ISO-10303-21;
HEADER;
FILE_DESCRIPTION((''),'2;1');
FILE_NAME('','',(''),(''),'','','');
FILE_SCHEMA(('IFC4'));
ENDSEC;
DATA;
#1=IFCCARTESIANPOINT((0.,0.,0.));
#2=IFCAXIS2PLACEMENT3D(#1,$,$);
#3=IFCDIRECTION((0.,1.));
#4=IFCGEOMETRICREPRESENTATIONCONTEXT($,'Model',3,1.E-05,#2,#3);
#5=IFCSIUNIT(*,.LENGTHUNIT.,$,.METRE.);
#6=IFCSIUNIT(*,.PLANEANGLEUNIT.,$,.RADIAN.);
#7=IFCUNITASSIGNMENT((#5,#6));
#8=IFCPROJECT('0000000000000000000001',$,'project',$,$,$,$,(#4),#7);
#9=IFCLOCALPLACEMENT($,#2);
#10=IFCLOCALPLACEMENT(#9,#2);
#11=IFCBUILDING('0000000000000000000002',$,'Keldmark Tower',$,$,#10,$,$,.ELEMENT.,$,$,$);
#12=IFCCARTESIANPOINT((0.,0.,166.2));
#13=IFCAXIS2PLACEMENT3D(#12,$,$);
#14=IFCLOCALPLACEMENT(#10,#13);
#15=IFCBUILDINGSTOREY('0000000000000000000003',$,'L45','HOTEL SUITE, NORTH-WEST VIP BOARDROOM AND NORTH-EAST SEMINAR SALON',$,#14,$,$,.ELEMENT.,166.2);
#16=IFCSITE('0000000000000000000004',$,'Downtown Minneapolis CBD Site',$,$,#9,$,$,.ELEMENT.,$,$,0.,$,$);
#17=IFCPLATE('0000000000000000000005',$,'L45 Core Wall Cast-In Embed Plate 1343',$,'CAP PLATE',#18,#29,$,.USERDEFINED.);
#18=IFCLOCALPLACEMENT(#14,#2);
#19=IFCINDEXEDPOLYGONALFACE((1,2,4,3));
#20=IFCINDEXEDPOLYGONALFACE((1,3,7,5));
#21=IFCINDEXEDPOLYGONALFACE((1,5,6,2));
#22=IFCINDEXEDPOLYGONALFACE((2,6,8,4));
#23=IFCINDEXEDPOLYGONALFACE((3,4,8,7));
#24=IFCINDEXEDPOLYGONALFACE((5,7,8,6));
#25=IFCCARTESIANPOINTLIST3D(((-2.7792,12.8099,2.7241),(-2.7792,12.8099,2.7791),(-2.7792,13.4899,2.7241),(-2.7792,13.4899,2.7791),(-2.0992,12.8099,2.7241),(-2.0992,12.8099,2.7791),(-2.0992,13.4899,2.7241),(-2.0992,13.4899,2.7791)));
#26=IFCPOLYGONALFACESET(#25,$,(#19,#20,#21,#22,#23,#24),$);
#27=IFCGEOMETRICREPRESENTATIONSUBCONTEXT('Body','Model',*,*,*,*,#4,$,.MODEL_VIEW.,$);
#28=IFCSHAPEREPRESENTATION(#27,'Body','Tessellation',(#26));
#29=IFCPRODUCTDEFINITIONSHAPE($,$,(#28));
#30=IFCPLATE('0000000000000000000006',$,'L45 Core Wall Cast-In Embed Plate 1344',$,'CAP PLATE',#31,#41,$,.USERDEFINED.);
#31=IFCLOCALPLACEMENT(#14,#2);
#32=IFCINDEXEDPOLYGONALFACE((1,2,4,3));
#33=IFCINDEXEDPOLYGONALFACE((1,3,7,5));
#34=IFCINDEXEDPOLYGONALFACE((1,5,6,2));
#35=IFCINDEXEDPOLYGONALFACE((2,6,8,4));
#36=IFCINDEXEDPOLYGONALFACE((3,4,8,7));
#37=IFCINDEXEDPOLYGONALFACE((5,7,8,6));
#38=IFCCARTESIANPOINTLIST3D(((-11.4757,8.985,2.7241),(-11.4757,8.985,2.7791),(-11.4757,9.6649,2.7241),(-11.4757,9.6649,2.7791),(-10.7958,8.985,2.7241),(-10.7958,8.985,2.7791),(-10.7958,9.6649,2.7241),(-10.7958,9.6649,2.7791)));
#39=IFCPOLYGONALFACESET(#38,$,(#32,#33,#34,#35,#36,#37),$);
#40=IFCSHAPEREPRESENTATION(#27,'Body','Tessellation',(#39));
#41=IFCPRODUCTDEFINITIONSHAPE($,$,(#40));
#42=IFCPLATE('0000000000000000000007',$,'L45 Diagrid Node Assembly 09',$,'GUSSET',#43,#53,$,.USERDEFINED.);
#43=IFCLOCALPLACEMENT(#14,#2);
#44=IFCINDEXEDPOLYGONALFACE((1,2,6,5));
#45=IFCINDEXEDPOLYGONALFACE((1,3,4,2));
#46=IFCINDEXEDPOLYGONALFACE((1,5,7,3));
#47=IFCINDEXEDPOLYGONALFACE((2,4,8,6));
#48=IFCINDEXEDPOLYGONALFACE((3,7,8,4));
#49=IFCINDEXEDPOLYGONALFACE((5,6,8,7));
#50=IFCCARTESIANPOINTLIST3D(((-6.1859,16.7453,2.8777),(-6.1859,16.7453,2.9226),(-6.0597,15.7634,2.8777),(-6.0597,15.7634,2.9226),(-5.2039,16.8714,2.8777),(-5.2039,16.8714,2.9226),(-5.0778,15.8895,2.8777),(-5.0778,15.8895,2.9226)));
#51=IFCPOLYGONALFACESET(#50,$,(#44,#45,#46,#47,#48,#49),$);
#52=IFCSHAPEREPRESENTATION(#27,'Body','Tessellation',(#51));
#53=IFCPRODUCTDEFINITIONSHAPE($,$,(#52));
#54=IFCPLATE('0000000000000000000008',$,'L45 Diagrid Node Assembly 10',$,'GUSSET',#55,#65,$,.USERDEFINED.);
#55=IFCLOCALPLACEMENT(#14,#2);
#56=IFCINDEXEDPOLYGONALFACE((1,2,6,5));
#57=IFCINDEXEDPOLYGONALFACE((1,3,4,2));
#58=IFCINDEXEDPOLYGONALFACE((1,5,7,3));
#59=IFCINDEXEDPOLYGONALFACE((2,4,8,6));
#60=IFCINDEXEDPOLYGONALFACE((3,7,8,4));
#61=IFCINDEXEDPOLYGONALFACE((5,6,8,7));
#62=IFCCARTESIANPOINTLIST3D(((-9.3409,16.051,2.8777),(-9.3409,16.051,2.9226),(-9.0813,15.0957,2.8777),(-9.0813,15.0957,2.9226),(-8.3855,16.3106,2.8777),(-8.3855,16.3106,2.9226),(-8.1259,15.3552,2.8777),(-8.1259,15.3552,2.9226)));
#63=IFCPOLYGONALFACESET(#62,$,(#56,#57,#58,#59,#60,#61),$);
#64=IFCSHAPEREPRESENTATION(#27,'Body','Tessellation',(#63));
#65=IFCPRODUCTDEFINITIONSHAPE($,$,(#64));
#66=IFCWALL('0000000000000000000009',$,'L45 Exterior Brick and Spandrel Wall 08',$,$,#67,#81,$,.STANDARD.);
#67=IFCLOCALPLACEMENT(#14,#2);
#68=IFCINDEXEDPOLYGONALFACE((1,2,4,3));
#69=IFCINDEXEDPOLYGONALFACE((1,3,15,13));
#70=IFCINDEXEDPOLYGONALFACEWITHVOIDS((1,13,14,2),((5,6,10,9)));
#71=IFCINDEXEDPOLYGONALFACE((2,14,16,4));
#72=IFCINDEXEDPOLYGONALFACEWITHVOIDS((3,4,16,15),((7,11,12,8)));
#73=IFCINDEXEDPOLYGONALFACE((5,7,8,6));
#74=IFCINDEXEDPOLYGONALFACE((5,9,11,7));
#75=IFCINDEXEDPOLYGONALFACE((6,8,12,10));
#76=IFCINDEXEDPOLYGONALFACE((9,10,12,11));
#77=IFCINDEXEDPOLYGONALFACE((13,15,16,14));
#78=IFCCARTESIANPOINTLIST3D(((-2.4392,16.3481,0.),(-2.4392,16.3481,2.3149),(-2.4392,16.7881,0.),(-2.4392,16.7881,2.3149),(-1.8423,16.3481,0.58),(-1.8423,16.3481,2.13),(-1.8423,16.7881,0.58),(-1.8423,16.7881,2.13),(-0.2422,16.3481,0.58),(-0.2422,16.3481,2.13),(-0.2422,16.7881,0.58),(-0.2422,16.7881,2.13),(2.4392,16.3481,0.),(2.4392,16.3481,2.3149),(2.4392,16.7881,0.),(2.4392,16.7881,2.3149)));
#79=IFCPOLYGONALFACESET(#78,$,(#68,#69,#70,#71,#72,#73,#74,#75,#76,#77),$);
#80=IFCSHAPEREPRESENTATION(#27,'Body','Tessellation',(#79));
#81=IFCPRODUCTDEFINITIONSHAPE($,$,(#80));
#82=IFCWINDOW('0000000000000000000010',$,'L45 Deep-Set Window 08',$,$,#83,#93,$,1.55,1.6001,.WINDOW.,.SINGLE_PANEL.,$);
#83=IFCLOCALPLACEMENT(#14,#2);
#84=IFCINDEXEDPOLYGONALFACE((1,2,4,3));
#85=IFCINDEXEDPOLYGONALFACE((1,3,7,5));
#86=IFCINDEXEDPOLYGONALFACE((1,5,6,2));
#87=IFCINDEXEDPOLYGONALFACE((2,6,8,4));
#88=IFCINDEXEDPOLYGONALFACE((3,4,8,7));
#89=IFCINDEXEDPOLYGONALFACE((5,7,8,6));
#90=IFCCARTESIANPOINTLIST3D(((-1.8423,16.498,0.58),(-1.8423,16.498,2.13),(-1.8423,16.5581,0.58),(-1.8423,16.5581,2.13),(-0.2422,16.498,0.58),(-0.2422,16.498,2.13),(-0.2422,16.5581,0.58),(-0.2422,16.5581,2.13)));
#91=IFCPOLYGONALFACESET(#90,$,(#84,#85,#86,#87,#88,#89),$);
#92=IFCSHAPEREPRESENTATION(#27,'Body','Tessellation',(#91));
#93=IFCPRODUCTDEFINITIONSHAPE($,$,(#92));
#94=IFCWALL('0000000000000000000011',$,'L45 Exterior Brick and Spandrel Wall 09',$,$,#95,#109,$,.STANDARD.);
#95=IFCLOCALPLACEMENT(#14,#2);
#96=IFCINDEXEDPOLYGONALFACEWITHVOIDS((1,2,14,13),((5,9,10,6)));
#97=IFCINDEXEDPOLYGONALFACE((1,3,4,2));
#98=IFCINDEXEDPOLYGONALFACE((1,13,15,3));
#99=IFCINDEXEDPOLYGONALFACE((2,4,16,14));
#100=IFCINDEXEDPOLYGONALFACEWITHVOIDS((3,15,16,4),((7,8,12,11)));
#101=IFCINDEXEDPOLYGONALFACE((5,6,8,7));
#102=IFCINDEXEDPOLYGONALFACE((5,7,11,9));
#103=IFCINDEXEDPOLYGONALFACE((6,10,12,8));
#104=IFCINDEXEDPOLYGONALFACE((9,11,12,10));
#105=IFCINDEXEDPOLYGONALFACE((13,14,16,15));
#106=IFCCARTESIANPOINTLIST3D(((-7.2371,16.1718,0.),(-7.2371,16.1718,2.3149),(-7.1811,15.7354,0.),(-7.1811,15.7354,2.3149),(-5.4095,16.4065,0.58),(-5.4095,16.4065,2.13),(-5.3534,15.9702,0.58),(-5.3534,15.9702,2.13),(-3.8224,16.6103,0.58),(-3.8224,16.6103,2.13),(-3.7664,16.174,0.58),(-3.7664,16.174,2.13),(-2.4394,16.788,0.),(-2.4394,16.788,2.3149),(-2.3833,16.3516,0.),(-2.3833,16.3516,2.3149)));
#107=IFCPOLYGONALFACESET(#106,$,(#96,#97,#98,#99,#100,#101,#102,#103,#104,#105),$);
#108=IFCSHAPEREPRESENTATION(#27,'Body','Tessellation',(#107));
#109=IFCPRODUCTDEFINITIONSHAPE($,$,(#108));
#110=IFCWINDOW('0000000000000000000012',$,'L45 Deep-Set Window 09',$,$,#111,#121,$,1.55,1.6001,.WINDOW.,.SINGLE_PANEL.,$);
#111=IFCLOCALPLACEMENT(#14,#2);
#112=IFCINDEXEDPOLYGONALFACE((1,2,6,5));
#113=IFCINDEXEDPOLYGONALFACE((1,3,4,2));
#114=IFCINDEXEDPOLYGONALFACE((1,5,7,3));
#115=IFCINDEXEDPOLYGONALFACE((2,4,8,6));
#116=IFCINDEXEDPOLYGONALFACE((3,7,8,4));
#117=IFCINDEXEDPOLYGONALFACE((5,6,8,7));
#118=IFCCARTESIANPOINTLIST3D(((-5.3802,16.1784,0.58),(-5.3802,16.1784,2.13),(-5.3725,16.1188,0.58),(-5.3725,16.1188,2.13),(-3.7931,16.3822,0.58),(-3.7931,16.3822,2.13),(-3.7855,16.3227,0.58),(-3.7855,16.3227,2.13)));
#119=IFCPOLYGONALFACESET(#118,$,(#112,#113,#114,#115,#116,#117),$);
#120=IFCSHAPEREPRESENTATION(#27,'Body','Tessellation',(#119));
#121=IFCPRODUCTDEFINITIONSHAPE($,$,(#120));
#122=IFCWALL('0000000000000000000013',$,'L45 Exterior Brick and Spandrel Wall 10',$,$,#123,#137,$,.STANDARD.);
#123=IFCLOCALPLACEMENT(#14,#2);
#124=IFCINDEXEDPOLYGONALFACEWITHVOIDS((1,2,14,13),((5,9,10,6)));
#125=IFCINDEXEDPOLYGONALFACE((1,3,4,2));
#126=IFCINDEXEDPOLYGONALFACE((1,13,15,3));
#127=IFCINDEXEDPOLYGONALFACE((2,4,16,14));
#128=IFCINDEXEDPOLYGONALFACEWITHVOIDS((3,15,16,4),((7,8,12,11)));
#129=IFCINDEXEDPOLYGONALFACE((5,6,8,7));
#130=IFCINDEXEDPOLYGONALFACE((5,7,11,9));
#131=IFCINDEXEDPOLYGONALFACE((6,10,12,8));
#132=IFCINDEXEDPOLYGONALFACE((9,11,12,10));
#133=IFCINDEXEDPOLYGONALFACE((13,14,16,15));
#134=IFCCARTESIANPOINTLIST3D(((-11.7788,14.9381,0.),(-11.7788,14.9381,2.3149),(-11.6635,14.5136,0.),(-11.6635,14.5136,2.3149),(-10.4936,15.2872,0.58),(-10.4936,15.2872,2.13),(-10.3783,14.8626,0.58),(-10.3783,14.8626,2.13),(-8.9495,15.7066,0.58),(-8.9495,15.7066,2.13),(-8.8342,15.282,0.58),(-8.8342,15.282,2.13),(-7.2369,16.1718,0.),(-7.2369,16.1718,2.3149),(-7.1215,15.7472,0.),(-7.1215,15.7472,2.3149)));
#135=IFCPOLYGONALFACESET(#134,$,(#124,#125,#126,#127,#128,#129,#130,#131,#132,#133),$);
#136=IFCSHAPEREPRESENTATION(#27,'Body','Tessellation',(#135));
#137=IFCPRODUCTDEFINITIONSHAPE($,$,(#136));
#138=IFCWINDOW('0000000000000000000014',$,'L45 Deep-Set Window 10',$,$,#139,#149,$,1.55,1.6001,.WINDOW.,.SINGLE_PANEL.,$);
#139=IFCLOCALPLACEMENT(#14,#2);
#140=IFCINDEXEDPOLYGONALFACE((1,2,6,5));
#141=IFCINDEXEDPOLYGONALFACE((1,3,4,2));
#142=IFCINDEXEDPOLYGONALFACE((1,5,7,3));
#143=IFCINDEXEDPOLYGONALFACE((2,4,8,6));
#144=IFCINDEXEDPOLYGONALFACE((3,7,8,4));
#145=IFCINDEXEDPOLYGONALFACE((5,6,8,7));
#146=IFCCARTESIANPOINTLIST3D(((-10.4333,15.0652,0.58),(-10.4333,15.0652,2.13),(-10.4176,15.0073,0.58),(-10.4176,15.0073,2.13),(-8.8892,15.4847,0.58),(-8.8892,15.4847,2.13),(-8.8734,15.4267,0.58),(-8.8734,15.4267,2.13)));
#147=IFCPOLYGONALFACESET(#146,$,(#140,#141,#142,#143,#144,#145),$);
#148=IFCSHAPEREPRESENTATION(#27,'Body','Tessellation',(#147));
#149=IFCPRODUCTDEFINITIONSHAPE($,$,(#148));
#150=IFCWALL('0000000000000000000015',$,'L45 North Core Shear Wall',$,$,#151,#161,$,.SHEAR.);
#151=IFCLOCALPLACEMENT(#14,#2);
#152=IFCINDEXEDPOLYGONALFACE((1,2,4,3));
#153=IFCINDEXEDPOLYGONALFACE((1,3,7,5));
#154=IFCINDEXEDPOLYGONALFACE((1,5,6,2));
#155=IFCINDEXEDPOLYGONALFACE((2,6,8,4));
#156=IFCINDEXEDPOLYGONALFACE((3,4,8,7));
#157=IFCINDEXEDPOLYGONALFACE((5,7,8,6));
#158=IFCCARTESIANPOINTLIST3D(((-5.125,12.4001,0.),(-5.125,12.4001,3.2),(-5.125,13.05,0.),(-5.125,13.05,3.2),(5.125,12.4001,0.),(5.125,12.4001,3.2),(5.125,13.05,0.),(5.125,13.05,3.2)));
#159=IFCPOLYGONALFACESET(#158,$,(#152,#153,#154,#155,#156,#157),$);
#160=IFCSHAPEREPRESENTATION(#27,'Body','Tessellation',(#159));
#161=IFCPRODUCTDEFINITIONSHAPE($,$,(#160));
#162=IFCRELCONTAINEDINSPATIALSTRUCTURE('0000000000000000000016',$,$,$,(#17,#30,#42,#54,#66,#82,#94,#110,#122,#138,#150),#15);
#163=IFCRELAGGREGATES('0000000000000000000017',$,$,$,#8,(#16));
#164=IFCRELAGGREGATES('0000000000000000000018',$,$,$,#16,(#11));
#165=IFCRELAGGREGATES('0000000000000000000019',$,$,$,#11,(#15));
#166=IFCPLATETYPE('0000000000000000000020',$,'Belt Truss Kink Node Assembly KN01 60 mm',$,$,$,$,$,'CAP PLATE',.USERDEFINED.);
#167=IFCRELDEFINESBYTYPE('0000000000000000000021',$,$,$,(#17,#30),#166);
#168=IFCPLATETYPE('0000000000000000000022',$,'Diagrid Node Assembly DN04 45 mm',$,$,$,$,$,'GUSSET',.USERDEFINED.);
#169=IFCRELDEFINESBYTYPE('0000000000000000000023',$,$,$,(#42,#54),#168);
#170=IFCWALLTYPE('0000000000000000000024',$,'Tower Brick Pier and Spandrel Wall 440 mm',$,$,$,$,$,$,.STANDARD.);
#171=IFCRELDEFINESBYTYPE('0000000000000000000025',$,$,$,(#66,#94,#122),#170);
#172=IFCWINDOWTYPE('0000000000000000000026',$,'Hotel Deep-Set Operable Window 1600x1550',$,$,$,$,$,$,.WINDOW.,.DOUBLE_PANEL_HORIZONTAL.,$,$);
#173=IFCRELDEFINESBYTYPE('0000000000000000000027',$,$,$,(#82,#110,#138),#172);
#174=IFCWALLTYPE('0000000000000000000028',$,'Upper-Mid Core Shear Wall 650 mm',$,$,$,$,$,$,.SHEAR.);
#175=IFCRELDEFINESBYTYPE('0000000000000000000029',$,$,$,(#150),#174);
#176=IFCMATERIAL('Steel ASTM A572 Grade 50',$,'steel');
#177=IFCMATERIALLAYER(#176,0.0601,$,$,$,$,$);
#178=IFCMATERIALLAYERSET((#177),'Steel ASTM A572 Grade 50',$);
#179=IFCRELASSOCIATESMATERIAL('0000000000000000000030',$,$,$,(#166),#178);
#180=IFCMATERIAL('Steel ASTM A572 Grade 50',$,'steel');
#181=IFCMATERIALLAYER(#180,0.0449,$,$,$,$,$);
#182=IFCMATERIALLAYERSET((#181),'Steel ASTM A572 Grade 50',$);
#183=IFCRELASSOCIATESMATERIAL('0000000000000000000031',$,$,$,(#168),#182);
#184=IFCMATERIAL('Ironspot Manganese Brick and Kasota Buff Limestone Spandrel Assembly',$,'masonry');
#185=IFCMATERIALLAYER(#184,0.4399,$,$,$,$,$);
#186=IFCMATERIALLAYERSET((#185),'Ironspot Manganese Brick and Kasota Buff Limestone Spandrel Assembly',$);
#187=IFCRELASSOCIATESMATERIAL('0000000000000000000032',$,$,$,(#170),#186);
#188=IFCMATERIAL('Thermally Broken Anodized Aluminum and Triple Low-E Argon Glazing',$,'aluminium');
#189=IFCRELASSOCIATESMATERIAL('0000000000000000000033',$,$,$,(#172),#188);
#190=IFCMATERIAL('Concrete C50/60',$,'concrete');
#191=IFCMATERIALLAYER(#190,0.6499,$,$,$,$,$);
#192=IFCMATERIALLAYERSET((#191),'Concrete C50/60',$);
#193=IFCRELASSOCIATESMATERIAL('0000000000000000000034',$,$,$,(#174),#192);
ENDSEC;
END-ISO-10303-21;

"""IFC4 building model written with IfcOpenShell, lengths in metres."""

from ifc_helpers import new_model, si_unit, direction, frame, frame_2d, origin, origin_2d, place, context, subcontext, project, spatial, rectangle, extrude, material, layer, layer_set, type_object, element, fill, save


model = new_model("IFC4")

# Units and contexts
model_context = context("Model", 3, precision=1e-05, world=origin(), true_north=direction((0.0, 1.0)))
body_context = subcontext(model_context, "Body", "Model", "MODEL_VIEW")
ifc_project = project(units=[si_unit("LENGTHUNIT", "METRE"), si_unit("PLANEANGLEUNIT", "RADIAN")], contexts=[model_context])

# Site, building, storey
site_placement = place(None, origin())
site = spatial("IfcSite", under=ifc_project, at=site_placement, Name="Downtown Minneapolis CBD Site", CompositionType="ELEMENT", RefElevation=0.0)
building_placement = place(site_placement, origin())
building = spatial("IfcBuilding", under=site, at=building_placement, Name="Keldmark Tower", CompositionType="ELEMENT")
storey_placement = place(building_placement, frame((0.0, 0.0, 166.2)))
storey = spatial("IfcBuildingStorey", under=building, at=storey_placement, Name="L45", Description="HOTEL SUITE, NORTH-WEST VIP BOARDROOM AND NORTH-EAST SEMINAR SALON", CompositionType="ELEMENT", Elevation=166.2)

# Plates
ifc_material_1 = material(Name="Steel ASTM A572 Grade 50", Category="steel")
ifc_layer_1 = layer(ifc_material_1, 0.0601)
ifc_layer_set_1 = layer_set([ifc_layer_1], Name="Steel ASTM A572 Grade 50")
plate_type_1 = type_object("IfcPlateType", Name="Belt Truss Kink Node Assembly KN01 60 mm", ElementType="CAP PLATE", PredefinedType="USERDEFINED", material=ifc_layer_set_1)
for number, where, z_axis, x_axis, name in (
    (1, (-2.4392, 13.1499, 2.7241), (0.0, 0.0, 1.0), (1.0, 0.0, 0.0), "L45 Core Wall Cast-In Embed Plate 1343"),
    (2, (-11.1357, 9.325, 2.7241), (0.0, 0.0, 1.0), (1.0, 0.0, 0.0), "L45 Core Wall Cast-In Embed Plate 1344"),
):
    element("IfcPlate", number, at=place(storey_placement, frame(where, z_axis=z_axis, x_axis=x_axis)), inside=storey, type_object=plate_type_1, Name=name, ObjectType="CAP PLATE", PredefinedType="USERDEFINED", context=body_context, shape_type="SweptSolid", body=[
        extrude(rectangle(XDim=0.6799, YDim=0.6799, at=origin_2d()), origin(), (0.0, 0.0, 1.0), 0.0549),
    ])
ifc_material_2 = material(Name="Steel ASTM A572 Grade 50", Category="steel")
ifc_layer_2 = layer(ifc_material_2, 0.0449)
ifc_layer_set_2 = layer_set([ifc_layer_2], Name="Steel ASTM A572 Grade 50")
plate_type_2 = type_object("IfcPlateType", Name="Diagrid Node Assembly DN04 45 mm", ElementType="GUSSET", PredefinedType="USERDEFINED", material=ifc_layer_set_2)
for number, where, z_axis, x_axis, name in (
    (3, (-5.6318, 16.3174, 2.8777), (0.0, 0.0, 1.0), (-0.99185, -0.127411, 0.0), "L45 Diagrid Node Assembly 09"),
    (4, (-8.7334, 15.7031, 2.8777), (0.0, 0.0, 1.0), (-0.965016, -0.262189, 0.0), "L45 Diagrid Node Assembly 10"),
):
    element("IfcPlate", number, at=place(storey_placement, frame(where, z_axis=z_axis, x_axis=x_axis)), inside=storey, type_object=plate_type_2, Name=name, ObjectType="GUSSET", PredefinedType="USERDEFINED", context=body_context, shape_type="SweptSolid", body=[
        extrude(rectangle(XDim=0.99, YDim=0.99, at=origin_2d()), origin(), (0.0, 0.0, 1.0), 0.0449),
    ])

# Walls, openings, windows
ifc_material_3 = material(Name="Ironspot Manganese Brick and Kasota Buff Limestone Spandrel Assembly", Category="masonry")
ifc_layer_3 = layer(ifc_material_3, 0.4399)
ifc_layer_set_3 = layer_set([ifc_layer_3], Name="Ironspot Manganese Brick and Kasota Buff Limestone Spandrel Assembly")
wall_type_1 = type_object("IfcWallType", Name="Tower Brick Pier and Spandrel Wall 440 mm", PredefinedType="STANDARD", material=ifc_layer_set_3)
wall_1_placement = place(storey_placement, frame((-2.4392, 16.5681, 0.0), z_axis=(0.0, 0.0, 1.0), x_axis=(1.0, 0.0, 0.0)))
wall_1 = element("IfcWall", 5, at=wall_1_placement, inside=storey, type_object=wall_type_1, Name="L45 Exterior Brick and Spandrel Wall 08", PredefinedType="STANDARD", context=body_context, shape_type="SweptSolid", body=[
    extrude(rectangle(XDim=4.8784, YDim=0.4399, at=frame_2d((2.4392, 0.0))), origin(), (0.0, 0.0, 1.0), 2.3149),
])
opening_1_placement = place(wall_1_placement, frame((0.5969, 0.0, 0.5801)))
opening_1 = element("IfcOpeningElement", 6, at=opening_1_placement, cuts=wall_1, PredefinedType="OPENING", context=body_context, shape_type="SweptSolid", body=[
    extrude(rectangle(XDim=1.6001, YDim=1.55, at=frame_2d((0.8, 0.7749))), frame((0.0, 0.23, 0.0), z_axis=(0.0, -1.0, 0.0), x_axis=(1.0, 0.0, 0.0)), (0.0, 0.0, 1.0), 0.46),
])
ifc_material_4 = material(Name="Thermally Broken Anodized Aluminum and Triple Low-E Argon Glazing", Category="aluminium")
window_type = type_object("IfcWindowType", Name="Hotel Deep-Set Operable Window 1600x1550", PartitioningType="DOUBLE_PANEL_HORIZONTAL", PredefinedType="WINDOW", material=ifc_material_4)
window_1_placement = place(opening_1_placement, origin())
window_1 = element("IfcWindow", 7, at=window_1_placement, inside=storey, type_object=window_type, Name="L45 Deep-Set Window 08", OverallHeight=1.55, OverallWidth=1.6001, PartitioningType="SINGLE_PANEL", PredefinedType="WINDOW", context=body_context, shape_type="SweptSolid", body=[
    extrude(rectangle(XDim=1.6001, YDim=1.55, at=frame_2d((0.8, 0.7749))), frame((0.0, -0.01, 0.0), z_axis=(0.0, -1.0, 0.0), x_axis=(1.0, 0.0, 0.0)), (0.0, 0.0, 1.0), 0.0601),
])
fill(opening_1, window_1)
wall_2_placement = place(storey_placement, frame((-7.209, 15.9536, 0.0), z_axis=(0.0, 0.0, 1.0), x_axis=(0.991853, 0.127388, 0.0)))
wall_2 = element("IfcWall", 8, at=wall_2_placement, inside=storey, type_object=wall_type_1, Name="L45 Exterior Brick and Spandrel Wall 09", PredefinedType="STANDARD", context=body_context, shape_type="SweptSolid", body=[
    extrude(rectangle(XDim=4.8372, YDim=0.4399, at=frame_2d((2.4185, 0.0))), origin(), (0.0, 0.0, 1.0), 2.3149),
])
opening_2_placement = place(wall_2_placement, frame((1.8425, 0.0, 0.5801)))
opening_2 = element("IfcOpeningElement", 9, at=opening_2_placement, cuts=wall_2, PredefinedType="OPENING", context=body_context, shape_type="SweptSolid", body=[
    extrude(rectangle(XDim=1.6001, YDim=1.55, at=frame_2d((0.8, 0.7749))), frame((0.0, 0.23, 0.0), z_axis=(0.0, -1.0, 0.0), x_axis=(1.0, 0.0, 0.0)), (0.0, 0.0, 1.0), 0.46),
])
window_2_placement = place(opening_2_placement, origin())
window_2 = element("IfcWindow", 10, at=window_2_placement, inside=storey, type_object=window_type, Name="L45 Deep-Set Window 09", OverallHeight=1.55, OverallWidth=1.6001, PartitioningType="SINGLE_PANEL", PredefinedType="WINDOW", context=body_context, shape_type="SweptSolid", body=[
    extrude(rectangle(XDim=1.6001, YDim=1.55, at=frame_2d((0.8, 0.7749))), frame((0.0, -0.01, 0.0), z_axis=(0.0, -1.0, 0.0), x_axis=(1.0, 0.0, 0.0)), (0.0, 0.0, 1.0), 0.0601),
])
fill(opening_2, window_2)
wall_3_placement = place(storey_placement, frame((-11.7212, 14.7258, 0.0), z_axis=(0.0, 0.0, 1.0), x_axis=(0.965037, 0.262112, 0.0)))
wall_3 = element("IfcWall", 11, at=wall_3_placement, inside=storey, type_object=wall_type_1, Name="L45 Exterior Brick and Spandrel Wall 10", PredefinedType="STANDARD", context=body_context, shape_type="SweptSolid", body=[
    extrude(rectangle(XDim=4.7065, YDim=0.4399, at=frame_2d((2.3533, 0.0))), origin(), (0.0, 0.0, 1.0), 2.3149),
])
opening_3_placement = place(wall_3_placement, frame((1.3318, 0.0, 0.5801)))
opening_3 = element("IfcOpeningElement", 12, at=opening_3_placement, cuts=wall_3, PredefinedType="OPENING", context=body_context, shape_type="SweptSolid", body=[
    extrude(rectangle(XDim=1.6001, YDim=1.55, at=frame_2d((0.8, 0.7749))), frame((0.0, 0.23, 0.0), z_axis=(0.0, -1.0, 0.0), x_axis=(1.0, 0.0, 0.0)), (0.0, 0.0, 1.0), 0.46),
])
window_3_placement = place(opening_3_placement, origin())
window_3 = element("IfcWindow", 13, at=window_3_placement, inside=storey, type_object=window_type, Name="L45 Deep-Set Window 10", OverallHeight=1.55, OverallWidth=1.6001, PartitioningType="SINGLE_PANEL", PredefinedType="WINDOW", context=body_context, shape_type="SweptSolid", body=[
    extrude(rectangle(XDim=1.6001, YDim=1.55, at=frame_2d((0.8, 0.7749))), frame((0.0, -0.01, 0.0), z_axis=(0.0, -1.0, 0.0), x_axis=(1.0, 0.0, 0.0)), (0.0, 0.0, 1.0), 0.0601),
])
fill(opening_3, window_3)

# Wall
ifc_material_5 = material(Name="Concrete C50/60", Category="concrete")
ifc_layer_4 = layer(ifc_material_5, 0.6499)
ifc_layer_set_4 = layer_set([ifc_layer_4], Name="Concrete C50/60")
wall_type_2 = type_object("IfcWallType", Name="Upper-Mid Core Shear Wall 650 mm", PredefinedType="SHEAR", material=ifc_layer_set_4)
wall_4_placement = place(storey_placement, frame((-5.125, 12.7251, 0.0), z_axis=(0.0, 0.0, 1.0), x_axis=(1.0, 0.0, 0.0)))
element("IfcWall", 14, at=wall_4_placement, inside=storey, type_object=wall_type_2, Name="L45 North Core Shear Wall", PredefinedType="SHEAR", context=body_context, shape_type="SweptSolid", body=[
    extrude(rectangle(XDim=10.25, YDim=0.6499, at=frame_2d((5.125, 0.0))), origin(), (0.0, 0.0, 1.0), 3.2),
])

save(model, "model.ifc")
